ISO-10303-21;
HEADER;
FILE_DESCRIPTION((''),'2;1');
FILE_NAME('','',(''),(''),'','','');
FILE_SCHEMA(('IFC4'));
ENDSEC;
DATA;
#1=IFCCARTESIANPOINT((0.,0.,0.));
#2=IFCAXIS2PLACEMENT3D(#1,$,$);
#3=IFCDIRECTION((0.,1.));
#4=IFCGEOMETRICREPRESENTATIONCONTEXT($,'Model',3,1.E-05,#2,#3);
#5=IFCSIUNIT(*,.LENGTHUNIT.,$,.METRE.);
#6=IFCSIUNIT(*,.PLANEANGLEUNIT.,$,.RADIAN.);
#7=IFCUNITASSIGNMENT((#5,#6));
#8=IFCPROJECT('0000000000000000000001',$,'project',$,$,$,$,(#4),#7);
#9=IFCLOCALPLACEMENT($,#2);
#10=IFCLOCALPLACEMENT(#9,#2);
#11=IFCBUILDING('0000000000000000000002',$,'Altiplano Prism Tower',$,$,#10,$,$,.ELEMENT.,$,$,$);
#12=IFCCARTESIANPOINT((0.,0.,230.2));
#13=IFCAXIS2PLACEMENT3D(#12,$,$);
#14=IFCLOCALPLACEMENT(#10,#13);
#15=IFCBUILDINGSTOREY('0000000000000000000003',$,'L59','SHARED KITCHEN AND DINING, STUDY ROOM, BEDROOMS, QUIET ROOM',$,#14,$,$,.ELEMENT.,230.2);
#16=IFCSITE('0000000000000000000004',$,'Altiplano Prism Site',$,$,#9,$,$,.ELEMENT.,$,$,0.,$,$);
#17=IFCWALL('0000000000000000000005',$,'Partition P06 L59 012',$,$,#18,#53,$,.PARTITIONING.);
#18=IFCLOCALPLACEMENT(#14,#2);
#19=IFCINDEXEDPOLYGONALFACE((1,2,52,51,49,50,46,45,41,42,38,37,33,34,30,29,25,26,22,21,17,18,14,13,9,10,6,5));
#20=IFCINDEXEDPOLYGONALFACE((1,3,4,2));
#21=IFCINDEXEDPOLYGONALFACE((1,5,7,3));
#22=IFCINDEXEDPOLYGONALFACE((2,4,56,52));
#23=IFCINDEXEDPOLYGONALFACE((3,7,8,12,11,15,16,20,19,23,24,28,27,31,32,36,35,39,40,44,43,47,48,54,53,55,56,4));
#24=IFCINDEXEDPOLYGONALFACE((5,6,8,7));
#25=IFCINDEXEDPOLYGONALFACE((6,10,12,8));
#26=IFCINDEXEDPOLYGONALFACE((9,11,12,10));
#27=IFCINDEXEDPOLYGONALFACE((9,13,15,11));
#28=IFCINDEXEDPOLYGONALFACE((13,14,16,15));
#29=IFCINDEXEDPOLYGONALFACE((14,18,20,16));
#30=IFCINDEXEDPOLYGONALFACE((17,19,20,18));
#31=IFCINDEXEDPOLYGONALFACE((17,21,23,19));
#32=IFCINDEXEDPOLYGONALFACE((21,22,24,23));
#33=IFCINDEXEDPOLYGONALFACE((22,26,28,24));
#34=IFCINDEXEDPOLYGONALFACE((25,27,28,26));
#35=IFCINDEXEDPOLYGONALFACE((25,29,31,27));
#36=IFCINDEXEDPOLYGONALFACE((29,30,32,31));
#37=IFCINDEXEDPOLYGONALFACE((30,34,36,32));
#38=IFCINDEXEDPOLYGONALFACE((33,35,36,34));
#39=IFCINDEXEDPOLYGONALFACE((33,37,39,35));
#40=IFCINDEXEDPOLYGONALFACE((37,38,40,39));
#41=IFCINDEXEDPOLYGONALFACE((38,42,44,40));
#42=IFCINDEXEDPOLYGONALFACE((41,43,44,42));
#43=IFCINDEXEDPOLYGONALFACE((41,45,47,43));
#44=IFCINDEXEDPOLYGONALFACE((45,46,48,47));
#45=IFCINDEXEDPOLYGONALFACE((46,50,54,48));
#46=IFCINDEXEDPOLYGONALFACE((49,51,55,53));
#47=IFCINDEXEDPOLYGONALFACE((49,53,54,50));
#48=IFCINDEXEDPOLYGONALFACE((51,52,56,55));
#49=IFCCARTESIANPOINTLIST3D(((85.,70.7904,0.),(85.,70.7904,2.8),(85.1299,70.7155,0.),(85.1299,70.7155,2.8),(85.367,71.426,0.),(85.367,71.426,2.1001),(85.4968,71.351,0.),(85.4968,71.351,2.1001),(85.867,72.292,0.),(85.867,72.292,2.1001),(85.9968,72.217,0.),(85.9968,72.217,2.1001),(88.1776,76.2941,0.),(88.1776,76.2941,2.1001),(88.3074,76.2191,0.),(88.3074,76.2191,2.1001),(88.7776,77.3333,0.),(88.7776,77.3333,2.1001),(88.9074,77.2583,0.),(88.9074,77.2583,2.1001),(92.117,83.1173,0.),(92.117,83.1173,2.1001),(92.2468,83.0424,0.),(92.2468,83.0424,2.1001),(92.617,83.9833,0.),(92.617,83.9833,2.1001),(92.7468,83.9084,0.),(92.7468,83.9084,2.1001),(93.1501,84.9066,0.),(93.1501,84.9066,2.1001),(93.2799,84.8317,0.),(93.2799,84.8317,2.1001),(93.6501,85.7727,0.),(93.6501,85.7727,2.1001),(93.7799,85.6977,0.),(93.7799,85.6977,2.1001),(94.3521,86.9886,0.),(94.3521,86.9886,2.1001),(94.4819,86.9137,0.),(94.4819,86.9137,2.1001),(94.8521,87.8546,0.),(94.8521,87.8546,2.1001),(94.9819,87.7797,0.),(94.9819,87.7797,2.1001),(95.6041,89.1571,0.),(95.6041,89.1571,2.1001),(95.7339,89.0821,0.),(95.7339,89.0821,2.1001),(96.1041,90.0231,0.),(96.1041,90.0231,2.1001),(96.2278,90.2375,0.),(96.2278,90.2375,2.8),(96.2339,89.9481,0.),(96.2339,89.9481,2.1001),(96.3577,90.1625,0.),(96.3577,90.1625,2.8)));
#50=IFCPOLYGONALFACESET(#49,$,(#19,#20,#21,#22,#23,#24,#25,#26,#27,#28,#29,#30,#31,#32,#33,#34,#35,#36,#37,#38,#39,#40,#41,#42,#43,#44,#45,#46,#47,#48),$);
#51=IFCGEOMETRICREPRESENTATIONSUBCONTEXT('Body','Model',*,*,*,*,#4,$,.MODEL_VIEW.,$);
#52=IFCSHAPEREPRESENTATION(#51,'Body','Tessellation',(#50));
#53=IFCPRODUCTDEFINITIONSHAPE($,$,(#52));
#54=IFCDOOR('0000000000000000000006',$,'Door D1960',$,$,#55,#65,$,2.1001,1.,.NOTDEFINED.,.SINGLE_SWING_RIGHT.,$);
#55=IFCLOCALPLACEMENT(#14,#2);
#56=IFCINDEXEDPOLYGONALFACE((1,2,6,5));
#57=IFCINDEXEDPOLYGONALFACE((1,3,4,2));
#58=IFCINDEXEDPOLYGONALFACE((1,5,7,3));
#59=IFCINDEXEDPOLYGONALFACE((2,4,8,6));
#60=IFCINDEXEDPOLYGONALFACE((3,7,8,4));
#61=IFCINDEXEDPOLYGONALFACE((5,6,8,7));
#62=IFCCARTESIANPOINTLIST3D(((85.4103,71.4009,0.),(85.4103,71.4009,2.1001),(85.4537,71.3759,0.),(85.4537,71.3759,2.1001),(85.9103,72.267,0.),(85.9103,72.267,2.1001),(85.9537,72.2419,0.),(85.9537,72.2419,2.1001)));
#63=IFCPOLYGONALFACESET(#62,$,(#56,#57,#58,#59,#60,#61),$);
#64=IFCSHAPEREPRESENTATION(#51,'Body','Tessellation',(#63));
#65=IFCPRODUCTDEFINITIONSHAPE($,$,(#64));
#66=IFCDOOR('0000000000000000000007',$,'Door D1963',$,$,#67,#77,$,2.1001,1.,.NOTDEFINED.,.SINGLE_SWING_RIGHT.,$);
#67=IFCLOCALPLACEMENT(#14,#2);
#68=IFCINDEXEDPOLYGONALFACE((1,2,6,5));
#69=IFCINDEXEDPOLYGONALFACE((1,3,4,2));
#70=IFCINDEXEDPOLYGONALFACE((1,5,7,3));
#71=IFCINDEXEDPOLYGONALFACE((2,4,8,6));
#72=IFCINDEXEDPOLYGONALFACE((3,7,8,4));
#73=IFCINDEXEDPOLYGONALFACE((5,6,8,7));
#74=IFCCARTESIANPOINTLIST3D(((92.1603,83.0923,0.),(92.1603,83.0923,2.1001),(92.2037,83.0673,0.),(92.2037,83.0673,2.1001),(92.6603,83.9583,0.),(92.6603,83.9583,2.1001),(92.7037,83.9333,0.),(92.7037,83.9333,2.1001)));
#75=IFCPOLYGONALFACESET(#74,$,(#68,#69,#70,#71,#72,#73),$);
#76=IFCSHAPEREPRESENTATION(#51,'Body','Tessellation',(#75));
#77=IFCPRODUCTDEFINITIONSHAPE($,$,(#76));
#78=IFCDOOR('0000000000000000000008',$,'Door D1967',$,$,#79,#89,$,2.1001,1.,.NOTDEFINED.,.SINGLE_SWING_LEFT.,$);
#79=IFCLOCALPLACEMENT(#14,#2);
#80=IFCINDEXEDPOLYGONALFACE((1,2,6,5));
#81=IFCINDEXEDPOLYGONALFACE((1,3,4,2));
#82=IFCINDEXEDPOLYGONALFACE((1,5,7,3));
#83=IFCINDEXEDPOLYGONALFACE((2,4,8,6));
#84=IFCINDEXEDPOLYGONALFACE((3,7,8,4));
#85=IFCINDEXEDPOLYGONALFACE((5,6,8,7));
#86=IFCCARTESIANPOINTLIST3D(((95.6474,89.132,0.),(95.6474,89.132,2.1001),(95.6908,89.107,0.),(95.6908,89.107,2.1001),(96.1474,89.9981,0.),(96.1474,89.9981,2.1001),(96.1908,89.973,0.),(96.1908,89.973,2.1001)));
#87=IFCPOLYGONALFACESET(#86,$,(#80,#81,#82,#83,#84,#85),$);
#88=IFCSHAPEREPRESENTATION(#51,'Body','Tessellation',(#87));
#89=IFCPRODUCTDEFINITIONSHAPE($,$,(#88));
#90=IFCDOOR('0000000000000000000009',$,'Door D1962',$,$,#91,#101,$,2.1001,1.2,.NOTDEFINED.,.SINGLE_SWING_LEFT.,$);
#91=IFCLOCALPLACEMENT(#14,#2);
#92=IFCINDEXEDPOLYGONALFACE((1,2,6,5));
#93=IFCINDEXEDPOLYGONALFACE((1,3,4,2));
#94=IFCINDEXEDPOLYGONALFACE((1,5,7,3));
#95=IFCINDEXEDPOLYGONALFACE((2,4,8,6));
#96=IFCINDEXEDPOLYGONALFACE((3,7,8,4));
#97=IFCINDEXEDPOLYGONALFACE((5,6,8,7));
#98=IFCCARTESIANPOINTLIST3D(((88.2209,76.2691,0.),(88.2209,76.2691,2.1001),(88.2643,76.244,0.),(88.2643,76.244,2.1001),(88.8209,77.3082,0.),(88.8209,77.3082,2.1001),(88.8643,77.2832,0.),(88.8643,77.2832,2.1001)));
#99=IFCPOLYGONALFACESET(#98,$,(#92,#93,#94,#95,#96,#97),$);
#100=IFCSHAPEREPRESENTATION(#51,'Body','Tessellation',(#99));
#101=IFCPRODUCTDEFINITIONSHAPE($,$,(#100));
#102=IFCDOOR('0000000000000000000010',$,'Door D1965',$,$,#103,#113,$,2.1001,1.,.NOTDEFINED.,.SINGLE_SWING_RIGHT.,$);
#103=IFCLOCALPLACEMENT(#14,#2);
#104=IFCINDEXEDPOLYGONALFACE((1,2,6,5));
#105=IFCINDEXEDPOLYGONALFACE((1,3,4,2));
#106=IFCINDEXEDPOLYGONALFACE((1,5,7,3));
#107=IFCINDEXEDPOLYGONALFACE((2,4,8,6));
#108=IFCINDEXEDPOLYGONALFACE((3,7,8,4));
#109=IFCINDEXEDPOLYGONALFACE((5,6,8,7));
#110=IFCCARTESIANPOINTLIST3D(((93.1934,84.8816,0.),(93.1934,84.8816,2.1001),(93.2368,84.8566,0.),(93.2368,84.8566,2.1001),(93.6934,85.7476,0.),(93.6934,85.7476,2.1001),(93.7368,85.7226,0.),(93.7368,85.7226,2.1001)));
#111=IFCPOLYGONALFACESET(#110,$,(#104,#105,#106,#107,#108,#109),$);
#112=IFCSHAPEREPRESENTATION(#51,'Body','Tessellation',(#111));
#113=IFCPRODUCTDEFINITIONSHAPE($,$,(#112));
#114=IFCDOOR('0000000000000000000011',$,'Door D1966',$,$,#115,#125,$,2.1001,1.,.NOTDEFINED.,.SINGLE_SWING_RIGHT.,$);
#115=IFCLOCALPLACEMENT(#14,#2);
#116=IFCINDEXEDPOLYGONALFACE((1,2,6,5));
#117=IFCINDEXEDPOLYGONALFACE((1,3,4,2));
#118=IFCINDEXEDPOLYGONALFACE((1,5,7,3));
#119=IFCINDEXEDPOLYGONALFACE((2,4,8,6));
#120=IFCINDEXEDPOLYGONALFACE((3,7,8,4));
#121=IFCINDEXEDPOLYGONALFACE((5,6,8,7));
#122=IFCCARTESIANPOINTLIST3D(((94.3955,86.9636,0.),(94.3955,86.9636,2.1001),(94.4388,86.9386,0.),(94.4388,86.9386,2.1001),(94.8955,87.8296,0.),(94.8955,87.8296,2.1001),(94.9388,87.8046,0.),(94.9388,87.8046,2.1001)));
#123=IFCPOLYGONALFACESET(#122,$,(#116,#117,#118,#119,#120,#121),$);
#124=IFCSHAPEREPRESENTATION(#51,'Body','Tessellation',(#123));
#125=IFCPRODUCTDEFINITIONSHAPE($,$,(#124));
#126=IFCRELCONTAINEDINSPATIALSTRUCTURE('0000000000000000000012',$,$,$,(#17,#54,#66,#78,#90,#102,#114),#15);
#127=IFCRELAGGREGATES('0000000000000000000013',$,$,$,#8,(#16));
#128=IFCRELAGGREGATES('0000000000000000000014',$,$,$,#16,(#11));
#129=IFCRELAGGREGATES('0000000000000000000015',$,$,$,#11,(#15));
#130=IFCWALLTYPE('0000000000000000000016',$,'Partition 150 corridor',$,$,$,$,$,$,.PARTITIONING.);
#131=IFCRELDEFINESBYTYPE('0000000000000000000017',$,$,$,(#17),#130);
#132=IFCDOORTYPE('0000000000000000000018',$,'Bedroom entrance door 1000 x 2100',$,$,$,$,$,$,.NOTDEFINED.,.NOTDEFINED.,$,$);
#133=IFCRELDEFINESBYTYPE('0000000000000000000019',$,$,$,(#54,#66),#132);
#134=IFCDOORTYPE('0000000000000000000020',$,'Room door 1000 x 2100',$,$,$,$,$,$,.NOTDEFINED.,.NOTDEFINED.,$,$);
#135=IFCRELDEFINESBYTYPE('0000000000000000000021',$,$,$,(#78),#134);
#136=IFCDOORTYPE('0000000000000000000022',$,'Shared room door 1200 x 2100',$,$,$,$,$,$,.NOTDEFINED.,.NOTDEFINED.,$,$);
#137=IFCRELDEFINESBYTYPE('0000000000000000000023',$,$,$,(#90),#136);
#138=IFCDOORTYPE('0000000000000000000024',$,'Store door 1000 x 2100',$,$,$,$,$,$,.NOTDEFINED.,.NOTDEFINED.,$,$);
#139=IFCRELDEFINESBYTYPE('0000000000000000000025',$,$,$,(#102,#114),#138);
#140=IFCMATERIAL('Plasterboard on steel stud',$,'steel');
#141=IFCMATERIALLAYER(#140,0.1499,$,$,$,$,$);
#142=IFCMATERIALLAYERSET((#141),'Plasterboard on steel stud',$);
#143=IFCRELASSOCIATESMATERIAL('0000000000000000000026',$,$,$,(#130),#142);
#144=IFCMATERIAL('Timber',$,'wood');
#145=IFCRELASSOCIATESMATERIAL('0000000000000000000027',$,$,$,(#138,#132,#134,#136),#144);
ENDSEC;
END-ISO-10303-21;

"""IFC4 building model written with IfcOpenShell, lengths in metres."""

from ifc_helpers import new_model, si_unit, direction, frame, frame_2d, origin, place, context, subcontext, project, spatial, rectangle, extrude, material, layer, layer_set, type_object, element, fill, save


model = new_model("IFC4")

# Units and contexts
model_context = context("Model", 3, precision=1e-05, world=origin(), true_north=direction((0.0, 1.0)))
body_context = subcontext(model_context, "Body", "Model", "MODEL_VIEW")
ifc_project = project(units=[si_unit("LENGTHUNIT", "METRE"), si_unit("PLANEANGLEUNIT", "RADIAN")], contexts=[model_context])

# Site, building, storey
site_placement = place(None, origin())
site = spatial("IfcSite", under=ifc_project, at=site_placement, Name="Altiplano Prism Site", CompositionType="ELEMENT", RefElevation=0.0)
building_placement = place(site_placement, origin())
building = spatial("IfcBuilding", under=site, at=building_placement, Name="Altiplano Prism Tower", CompositionType="ELEMENT")
storey_placement = place(building_placement, frame((0.0, 0.0, 230.2)))
storey = spatial("IfcBuildingStorey", under=building, at=storey_placement, Name="L59", Description="SHARED KITCHEN AND DINING, STUDY ROOM, BEDROOMS, QUIET ROOM", CompositionType="ELEMENT", Elevation=230.2)

# Shared definitions
ifc_material_1 = material(Name="Plasterboard on steel stud", Category="steel")
ifc_material_2 = material(Name="Timber", Category="wood")

# Shared definitions
ifc_layer_1 = layer(ifc_material_1, 0.1499)
ifc_layer_set_1 = layer_set([ifc_layer_1], Name="Plasterboard on steel stud")
wall_type_1 = type_object("IfcWallType", Name="Partition 150 corridor", PredefinedType="PARTITIONING", material=ifc_layer_set_1)
door_type_1 = type_object("IfcDoorType", Name="Store door 1000 x 2100", OperationType="NOTDEFINED", PredefinedType="NOTDEFINED", material=ifc_material_2)

# Wall, openings, doors
wall_1_placement = place(storey_placement, frame((85.0649, 70.7529, 0.0), z_axis=(0.0, 0.0, 1.0), x_axis=(0.500001, 0.866025, 0.0)))
wall_1 = element("IfcWall", 1, at=wall_1_placement, inside=storey, type_object=wall_type_1, Name="Partition P06 L59 012", PredefinedType="PARTITIONING", context=body_context, shape_type="SweptSolid", body=[
    extrude(rectangle(XDim=22.4556, YDim=0.1499, at=frame_2d((11.2278, 0.0))), origin(), (0.0, 0.0, 1.0), 2.8),
])
opening_1_placement = place(wall_1_placement, frame((0.7339, 0.0, 0.0)))
opening_1 = element("IfcOpeningElement", 2, at=opening_1_placement, cuts=wall_1, PredefinedType="OPENING", context=body_context, shape_type="SweptSolid", body=[
    extrude(rectangle(XDim=1.0, YDim=2.1001, at=frame_2d((0.5, 1.05))), frame((0.0, 0.0854, 0.0), z_axis=(0.0, -1.0, 0.0), x_axis=(1.0, 0.0, 0.0)), (0.0, 0.0, 1.0), 0.1709),
])
opening_2_placement = place(wall_1_placement, frame((6.355, 0.0, 0.0)))
opening_2 = element("IfcOpeningElement", 3, at=opening_2_placement, cuts=wall_1, PredefinedType="OPENING", context=body_context, shape_type="SweptSolid", body=[
    extrude(rectangle(XDim=1.2, YDim=2.1001, at=frame_2d((0.6001, 1.05))), frame((0.0, 0.0854, 0.0), z_axis=(0.0, -1.0, 0.0), x_axis=(1.0, 0.0, 0.0)), (0.0, 0.0, 1.0), 0.1709),
])
opening_3_placement = place(wall_1_placement, frame((14.2339, 0.0, 0.0)))
opening_3 = element("IfcOpeningElement", 4, at=opening_3_placement, cuts=wall_1, PredefinedType="OPENING", context=body_context, shape_type="SweptSolid", body=[
    extrude(rectangle(XDim=1.0, YDim=2.1001, at=frame_2d((0.5, 1.05))), frame((0.0, 0.0854, 0.0), z_axis=(0.0, -1.0, 0.0), x_axis=(1.0, 0.0, 0.0)), (0.0, 0.0, 1.0), 0.1709),
])
opening_4_placement = place(wall_1_placement, frame((16.3, 0.0, 0.0)))
opening_4 = element("IfcOpeningElement", 5, at=opening_4_placement, cuts=wall_1, PredefinedType="OPENING", context=body_context, shape_type="SweptSolid", body=[
    extrude(rectangle(XDim=1.0, YDim=2.1001, at=frame_2d((0.5, 1.05))), frame((0.0, 0.0854, 0.0), z_axis=(0.0, -1.0, 0.0), x_axis=(1.0, 0.0, 0.0)), (0.0, 0.0, 1.0), 0.1709),
])
opening_5_placement = place(wall_1_placement, frame((18.7041, 0.0, 0.0)))
opening_5 = element("IfcOpeningElement", 6, at=opening_5_placement, cuts=wall_1, PredefinedType="OPENING", context=body_context, shape_type="SweptSolid", body=[
    extrude(rectangle(XDim=1.0, YDim=2.1001, at=frame_2d((0.5, 1.05))), frame((0.0, 0.0854, 0.0), z_axis=(0.0, -1.0, 0.0), x_axis=(1.0, 0.0, 0.0)), (0.0, 0.0, 1.0), 0.1709),
])
opening_6_placement = place(wall_1_placement, frame((21.208, 0.0, 0.0)))
opening_6 = element("IfcOpeningElement", 7, at=opening_6_placement, cuts=wall_1, PredefinedType="OPENING", context=body_context, shape_type="SweptSolid", body=[
    extrude(rectangle(XDim=1.0, YDim=2.1001, at=frame_2d((0.5, 1.05))), frame((0.0, 0.0854, 0.0), z_axis=(0.0, -1.0, 0.0), x_axis=(1.0, 0.0, 0.0)), (0.0, 0.0, 1.0), 0.1709),
])
door_type_2 = type_object("IfcDoorType", Name="Bedroom entrance door 1000 x 2100", OperationType="NOTDEFINED", PredefinedType="NOTDEFINED", material=ifc_material_2)
door_1_placement = place(opening_1_placement, origin())
door_1 = element("IfcDoor", 8, at=door_1_placement, inside=storey, type_object=door_type_2, Name="Door D1960", OperationType="SINGLE_SWING_RIGHT", OverallHeight=2.1001, OverallWidth=1.0, PredefinedType="NOTDEFINED", context=body_context, shape_type="SweptSolid", body=[
    extrude(rectangle(XDim=1.0, YDim=2.1001, at=frame_2d((0.5, 1.05))), frame((0.0, 0.0249, 0.0), z_axis=(0.0, -1.0, 0.0), x_axis=(1.0, 0.0, 0.0)), (0.0, 0.0, 1.0), 0.05),
])
fill(opening_1, door_1)
door_2_placement = place(opening_3_placement, origin())
door_2 = element("IfcDoor", 9, at=door_2_placement, inside=storey, type_object=door_type_2, Name="Door D1963", OperationType="SINGLE_SWING_RIGHT", OverallHeight=2.1001, OverallWidth=1.0, PredefinedType="NOTDEFINED", context=body_context, shape_type="SweptSolid", body=[
    extrude(rectangle(XDim=1.0, YDim=2.1001, at=frame_2d((0.5, 1.05))), frame((0.0, 0.0249, 0.0), z_axis=(0.0, -1.0, 0.0), x_axis=(1.0, 0.0, 0.0)), (0.0, 0.0, 1.0), 0.05),
])
fill(opening_3, door_2)
door_type_3 = type_object("IfcDoorType", Name="Room door 1000 x 2100", OperationType="NOTDEFINED", PredefinedType="NOTDEFINED", material=ifc_material_2)
door_3_placement = place(opening_6_placement, origin())
door_3 = element("IfcDoor", 10, at=door_3_placement, inside=storey, type_object=door_type_3, Name="Door D1967", OperationType="SINGLE_SWING_LEFT", OverallHeight=2.1001, OverallWidth=1.0, PredefinedType="NOTDEFINED", context=body_context, shape_type="SweptSolid", body=[
    extrude(rectangle(XDim=1.0, YDim=2.1001, at=frame_2d((0.5, 1.05))), frame((0.0, 0.0249, 0.0), z_axis=(0.0, -1.0, 0.0), x_axis=(1.0, 0.0, 0.0)), (0.0, 0.0, 1.0), 0.05),
])
fill(opening_6, door_3)
door_type_4 = type_object("IfcDoorType", Name="Shared room door 1200 x 2100", OperationType="NOTDEFINED", PredefinedType="NOTDEFINED", material=ifc_material_2)
door_4_placement = place(opening_2_placement, origin())
door_4 = element("IfcDoor", 11, at=door_4_placement, inside=storey, type_object=door_type_4, Name="Door D1962", OperationType="SINGLE_SWING_LEFT", OverallHeight=2.1001, OverallWidth=1.2, PredefinedType="NOTDEFINED", context=body_context, shape_type="SweptSolid", body=[
    extrude(rectangle(XDim=1.2, YDim=2.1001, at=frame_2d((0.6001, 1.05))), frame((0.0, 0.0249, 0.0), z_axis=(0.0, -1.0, 0.0), x_axis=(1.0, 0.0, 0.0)), (0.0, 0.0, 1.0), 0.05),
])
fill(opening_2, door_4)
door_5_placement = place(opening_4_placement, origin())
door_5 = element("IfcDoor", 12, at=door_5_placement, inside=storey, type_object=door_type_1, Name="Door D1965", OperationType="SINGLE_SWING_RIGHT", OverallHeight=2.1001, OverallWidth=1.0, PredefinedType="NOTDEFINED", context=body_context, shape_type="SweptSolid", body=[
    extrude(rectangle(XDim=1.0, YDim=2.1001, at=frame_2d((0.5, 1.05))), frame((0.0, 0.0249, 0.0), z_axis=(0.0, -1.0, 0.0), x_axis=(1.0, 0.0, 0.0)), (0.0, 0.0, 1.0), 0.05),
])
fill(opening_4, door_5)
door_6_placement = place(opening_5_placement, origin())
door_6 = element("IfcDoor", 13, at=door_6_placement, inside=storey, type_object=door_type_1, Name="Door D1966", OperationType="SINGLE_SWING_RIGHT", OverallHeight=2.1001, OverallWidth=1.0, PredefinedType="NOTDEFINED", context=body_context, shape_type="SweptSolid", body=[
    extrude(rectangle(XDim=1.0, YDim=2.1001, at=frame_2d((0.5, 1.05))), frame((0.0, 0.0249, 0.0), z_axis=(0.0, -1.0, 0.0), x_axis=(1.0, 0.0, 0.0)), (0.0, 0.0, 1.0), 0.05),
])
fill(opening_5, door_6)

save(model, "model.ifc")
